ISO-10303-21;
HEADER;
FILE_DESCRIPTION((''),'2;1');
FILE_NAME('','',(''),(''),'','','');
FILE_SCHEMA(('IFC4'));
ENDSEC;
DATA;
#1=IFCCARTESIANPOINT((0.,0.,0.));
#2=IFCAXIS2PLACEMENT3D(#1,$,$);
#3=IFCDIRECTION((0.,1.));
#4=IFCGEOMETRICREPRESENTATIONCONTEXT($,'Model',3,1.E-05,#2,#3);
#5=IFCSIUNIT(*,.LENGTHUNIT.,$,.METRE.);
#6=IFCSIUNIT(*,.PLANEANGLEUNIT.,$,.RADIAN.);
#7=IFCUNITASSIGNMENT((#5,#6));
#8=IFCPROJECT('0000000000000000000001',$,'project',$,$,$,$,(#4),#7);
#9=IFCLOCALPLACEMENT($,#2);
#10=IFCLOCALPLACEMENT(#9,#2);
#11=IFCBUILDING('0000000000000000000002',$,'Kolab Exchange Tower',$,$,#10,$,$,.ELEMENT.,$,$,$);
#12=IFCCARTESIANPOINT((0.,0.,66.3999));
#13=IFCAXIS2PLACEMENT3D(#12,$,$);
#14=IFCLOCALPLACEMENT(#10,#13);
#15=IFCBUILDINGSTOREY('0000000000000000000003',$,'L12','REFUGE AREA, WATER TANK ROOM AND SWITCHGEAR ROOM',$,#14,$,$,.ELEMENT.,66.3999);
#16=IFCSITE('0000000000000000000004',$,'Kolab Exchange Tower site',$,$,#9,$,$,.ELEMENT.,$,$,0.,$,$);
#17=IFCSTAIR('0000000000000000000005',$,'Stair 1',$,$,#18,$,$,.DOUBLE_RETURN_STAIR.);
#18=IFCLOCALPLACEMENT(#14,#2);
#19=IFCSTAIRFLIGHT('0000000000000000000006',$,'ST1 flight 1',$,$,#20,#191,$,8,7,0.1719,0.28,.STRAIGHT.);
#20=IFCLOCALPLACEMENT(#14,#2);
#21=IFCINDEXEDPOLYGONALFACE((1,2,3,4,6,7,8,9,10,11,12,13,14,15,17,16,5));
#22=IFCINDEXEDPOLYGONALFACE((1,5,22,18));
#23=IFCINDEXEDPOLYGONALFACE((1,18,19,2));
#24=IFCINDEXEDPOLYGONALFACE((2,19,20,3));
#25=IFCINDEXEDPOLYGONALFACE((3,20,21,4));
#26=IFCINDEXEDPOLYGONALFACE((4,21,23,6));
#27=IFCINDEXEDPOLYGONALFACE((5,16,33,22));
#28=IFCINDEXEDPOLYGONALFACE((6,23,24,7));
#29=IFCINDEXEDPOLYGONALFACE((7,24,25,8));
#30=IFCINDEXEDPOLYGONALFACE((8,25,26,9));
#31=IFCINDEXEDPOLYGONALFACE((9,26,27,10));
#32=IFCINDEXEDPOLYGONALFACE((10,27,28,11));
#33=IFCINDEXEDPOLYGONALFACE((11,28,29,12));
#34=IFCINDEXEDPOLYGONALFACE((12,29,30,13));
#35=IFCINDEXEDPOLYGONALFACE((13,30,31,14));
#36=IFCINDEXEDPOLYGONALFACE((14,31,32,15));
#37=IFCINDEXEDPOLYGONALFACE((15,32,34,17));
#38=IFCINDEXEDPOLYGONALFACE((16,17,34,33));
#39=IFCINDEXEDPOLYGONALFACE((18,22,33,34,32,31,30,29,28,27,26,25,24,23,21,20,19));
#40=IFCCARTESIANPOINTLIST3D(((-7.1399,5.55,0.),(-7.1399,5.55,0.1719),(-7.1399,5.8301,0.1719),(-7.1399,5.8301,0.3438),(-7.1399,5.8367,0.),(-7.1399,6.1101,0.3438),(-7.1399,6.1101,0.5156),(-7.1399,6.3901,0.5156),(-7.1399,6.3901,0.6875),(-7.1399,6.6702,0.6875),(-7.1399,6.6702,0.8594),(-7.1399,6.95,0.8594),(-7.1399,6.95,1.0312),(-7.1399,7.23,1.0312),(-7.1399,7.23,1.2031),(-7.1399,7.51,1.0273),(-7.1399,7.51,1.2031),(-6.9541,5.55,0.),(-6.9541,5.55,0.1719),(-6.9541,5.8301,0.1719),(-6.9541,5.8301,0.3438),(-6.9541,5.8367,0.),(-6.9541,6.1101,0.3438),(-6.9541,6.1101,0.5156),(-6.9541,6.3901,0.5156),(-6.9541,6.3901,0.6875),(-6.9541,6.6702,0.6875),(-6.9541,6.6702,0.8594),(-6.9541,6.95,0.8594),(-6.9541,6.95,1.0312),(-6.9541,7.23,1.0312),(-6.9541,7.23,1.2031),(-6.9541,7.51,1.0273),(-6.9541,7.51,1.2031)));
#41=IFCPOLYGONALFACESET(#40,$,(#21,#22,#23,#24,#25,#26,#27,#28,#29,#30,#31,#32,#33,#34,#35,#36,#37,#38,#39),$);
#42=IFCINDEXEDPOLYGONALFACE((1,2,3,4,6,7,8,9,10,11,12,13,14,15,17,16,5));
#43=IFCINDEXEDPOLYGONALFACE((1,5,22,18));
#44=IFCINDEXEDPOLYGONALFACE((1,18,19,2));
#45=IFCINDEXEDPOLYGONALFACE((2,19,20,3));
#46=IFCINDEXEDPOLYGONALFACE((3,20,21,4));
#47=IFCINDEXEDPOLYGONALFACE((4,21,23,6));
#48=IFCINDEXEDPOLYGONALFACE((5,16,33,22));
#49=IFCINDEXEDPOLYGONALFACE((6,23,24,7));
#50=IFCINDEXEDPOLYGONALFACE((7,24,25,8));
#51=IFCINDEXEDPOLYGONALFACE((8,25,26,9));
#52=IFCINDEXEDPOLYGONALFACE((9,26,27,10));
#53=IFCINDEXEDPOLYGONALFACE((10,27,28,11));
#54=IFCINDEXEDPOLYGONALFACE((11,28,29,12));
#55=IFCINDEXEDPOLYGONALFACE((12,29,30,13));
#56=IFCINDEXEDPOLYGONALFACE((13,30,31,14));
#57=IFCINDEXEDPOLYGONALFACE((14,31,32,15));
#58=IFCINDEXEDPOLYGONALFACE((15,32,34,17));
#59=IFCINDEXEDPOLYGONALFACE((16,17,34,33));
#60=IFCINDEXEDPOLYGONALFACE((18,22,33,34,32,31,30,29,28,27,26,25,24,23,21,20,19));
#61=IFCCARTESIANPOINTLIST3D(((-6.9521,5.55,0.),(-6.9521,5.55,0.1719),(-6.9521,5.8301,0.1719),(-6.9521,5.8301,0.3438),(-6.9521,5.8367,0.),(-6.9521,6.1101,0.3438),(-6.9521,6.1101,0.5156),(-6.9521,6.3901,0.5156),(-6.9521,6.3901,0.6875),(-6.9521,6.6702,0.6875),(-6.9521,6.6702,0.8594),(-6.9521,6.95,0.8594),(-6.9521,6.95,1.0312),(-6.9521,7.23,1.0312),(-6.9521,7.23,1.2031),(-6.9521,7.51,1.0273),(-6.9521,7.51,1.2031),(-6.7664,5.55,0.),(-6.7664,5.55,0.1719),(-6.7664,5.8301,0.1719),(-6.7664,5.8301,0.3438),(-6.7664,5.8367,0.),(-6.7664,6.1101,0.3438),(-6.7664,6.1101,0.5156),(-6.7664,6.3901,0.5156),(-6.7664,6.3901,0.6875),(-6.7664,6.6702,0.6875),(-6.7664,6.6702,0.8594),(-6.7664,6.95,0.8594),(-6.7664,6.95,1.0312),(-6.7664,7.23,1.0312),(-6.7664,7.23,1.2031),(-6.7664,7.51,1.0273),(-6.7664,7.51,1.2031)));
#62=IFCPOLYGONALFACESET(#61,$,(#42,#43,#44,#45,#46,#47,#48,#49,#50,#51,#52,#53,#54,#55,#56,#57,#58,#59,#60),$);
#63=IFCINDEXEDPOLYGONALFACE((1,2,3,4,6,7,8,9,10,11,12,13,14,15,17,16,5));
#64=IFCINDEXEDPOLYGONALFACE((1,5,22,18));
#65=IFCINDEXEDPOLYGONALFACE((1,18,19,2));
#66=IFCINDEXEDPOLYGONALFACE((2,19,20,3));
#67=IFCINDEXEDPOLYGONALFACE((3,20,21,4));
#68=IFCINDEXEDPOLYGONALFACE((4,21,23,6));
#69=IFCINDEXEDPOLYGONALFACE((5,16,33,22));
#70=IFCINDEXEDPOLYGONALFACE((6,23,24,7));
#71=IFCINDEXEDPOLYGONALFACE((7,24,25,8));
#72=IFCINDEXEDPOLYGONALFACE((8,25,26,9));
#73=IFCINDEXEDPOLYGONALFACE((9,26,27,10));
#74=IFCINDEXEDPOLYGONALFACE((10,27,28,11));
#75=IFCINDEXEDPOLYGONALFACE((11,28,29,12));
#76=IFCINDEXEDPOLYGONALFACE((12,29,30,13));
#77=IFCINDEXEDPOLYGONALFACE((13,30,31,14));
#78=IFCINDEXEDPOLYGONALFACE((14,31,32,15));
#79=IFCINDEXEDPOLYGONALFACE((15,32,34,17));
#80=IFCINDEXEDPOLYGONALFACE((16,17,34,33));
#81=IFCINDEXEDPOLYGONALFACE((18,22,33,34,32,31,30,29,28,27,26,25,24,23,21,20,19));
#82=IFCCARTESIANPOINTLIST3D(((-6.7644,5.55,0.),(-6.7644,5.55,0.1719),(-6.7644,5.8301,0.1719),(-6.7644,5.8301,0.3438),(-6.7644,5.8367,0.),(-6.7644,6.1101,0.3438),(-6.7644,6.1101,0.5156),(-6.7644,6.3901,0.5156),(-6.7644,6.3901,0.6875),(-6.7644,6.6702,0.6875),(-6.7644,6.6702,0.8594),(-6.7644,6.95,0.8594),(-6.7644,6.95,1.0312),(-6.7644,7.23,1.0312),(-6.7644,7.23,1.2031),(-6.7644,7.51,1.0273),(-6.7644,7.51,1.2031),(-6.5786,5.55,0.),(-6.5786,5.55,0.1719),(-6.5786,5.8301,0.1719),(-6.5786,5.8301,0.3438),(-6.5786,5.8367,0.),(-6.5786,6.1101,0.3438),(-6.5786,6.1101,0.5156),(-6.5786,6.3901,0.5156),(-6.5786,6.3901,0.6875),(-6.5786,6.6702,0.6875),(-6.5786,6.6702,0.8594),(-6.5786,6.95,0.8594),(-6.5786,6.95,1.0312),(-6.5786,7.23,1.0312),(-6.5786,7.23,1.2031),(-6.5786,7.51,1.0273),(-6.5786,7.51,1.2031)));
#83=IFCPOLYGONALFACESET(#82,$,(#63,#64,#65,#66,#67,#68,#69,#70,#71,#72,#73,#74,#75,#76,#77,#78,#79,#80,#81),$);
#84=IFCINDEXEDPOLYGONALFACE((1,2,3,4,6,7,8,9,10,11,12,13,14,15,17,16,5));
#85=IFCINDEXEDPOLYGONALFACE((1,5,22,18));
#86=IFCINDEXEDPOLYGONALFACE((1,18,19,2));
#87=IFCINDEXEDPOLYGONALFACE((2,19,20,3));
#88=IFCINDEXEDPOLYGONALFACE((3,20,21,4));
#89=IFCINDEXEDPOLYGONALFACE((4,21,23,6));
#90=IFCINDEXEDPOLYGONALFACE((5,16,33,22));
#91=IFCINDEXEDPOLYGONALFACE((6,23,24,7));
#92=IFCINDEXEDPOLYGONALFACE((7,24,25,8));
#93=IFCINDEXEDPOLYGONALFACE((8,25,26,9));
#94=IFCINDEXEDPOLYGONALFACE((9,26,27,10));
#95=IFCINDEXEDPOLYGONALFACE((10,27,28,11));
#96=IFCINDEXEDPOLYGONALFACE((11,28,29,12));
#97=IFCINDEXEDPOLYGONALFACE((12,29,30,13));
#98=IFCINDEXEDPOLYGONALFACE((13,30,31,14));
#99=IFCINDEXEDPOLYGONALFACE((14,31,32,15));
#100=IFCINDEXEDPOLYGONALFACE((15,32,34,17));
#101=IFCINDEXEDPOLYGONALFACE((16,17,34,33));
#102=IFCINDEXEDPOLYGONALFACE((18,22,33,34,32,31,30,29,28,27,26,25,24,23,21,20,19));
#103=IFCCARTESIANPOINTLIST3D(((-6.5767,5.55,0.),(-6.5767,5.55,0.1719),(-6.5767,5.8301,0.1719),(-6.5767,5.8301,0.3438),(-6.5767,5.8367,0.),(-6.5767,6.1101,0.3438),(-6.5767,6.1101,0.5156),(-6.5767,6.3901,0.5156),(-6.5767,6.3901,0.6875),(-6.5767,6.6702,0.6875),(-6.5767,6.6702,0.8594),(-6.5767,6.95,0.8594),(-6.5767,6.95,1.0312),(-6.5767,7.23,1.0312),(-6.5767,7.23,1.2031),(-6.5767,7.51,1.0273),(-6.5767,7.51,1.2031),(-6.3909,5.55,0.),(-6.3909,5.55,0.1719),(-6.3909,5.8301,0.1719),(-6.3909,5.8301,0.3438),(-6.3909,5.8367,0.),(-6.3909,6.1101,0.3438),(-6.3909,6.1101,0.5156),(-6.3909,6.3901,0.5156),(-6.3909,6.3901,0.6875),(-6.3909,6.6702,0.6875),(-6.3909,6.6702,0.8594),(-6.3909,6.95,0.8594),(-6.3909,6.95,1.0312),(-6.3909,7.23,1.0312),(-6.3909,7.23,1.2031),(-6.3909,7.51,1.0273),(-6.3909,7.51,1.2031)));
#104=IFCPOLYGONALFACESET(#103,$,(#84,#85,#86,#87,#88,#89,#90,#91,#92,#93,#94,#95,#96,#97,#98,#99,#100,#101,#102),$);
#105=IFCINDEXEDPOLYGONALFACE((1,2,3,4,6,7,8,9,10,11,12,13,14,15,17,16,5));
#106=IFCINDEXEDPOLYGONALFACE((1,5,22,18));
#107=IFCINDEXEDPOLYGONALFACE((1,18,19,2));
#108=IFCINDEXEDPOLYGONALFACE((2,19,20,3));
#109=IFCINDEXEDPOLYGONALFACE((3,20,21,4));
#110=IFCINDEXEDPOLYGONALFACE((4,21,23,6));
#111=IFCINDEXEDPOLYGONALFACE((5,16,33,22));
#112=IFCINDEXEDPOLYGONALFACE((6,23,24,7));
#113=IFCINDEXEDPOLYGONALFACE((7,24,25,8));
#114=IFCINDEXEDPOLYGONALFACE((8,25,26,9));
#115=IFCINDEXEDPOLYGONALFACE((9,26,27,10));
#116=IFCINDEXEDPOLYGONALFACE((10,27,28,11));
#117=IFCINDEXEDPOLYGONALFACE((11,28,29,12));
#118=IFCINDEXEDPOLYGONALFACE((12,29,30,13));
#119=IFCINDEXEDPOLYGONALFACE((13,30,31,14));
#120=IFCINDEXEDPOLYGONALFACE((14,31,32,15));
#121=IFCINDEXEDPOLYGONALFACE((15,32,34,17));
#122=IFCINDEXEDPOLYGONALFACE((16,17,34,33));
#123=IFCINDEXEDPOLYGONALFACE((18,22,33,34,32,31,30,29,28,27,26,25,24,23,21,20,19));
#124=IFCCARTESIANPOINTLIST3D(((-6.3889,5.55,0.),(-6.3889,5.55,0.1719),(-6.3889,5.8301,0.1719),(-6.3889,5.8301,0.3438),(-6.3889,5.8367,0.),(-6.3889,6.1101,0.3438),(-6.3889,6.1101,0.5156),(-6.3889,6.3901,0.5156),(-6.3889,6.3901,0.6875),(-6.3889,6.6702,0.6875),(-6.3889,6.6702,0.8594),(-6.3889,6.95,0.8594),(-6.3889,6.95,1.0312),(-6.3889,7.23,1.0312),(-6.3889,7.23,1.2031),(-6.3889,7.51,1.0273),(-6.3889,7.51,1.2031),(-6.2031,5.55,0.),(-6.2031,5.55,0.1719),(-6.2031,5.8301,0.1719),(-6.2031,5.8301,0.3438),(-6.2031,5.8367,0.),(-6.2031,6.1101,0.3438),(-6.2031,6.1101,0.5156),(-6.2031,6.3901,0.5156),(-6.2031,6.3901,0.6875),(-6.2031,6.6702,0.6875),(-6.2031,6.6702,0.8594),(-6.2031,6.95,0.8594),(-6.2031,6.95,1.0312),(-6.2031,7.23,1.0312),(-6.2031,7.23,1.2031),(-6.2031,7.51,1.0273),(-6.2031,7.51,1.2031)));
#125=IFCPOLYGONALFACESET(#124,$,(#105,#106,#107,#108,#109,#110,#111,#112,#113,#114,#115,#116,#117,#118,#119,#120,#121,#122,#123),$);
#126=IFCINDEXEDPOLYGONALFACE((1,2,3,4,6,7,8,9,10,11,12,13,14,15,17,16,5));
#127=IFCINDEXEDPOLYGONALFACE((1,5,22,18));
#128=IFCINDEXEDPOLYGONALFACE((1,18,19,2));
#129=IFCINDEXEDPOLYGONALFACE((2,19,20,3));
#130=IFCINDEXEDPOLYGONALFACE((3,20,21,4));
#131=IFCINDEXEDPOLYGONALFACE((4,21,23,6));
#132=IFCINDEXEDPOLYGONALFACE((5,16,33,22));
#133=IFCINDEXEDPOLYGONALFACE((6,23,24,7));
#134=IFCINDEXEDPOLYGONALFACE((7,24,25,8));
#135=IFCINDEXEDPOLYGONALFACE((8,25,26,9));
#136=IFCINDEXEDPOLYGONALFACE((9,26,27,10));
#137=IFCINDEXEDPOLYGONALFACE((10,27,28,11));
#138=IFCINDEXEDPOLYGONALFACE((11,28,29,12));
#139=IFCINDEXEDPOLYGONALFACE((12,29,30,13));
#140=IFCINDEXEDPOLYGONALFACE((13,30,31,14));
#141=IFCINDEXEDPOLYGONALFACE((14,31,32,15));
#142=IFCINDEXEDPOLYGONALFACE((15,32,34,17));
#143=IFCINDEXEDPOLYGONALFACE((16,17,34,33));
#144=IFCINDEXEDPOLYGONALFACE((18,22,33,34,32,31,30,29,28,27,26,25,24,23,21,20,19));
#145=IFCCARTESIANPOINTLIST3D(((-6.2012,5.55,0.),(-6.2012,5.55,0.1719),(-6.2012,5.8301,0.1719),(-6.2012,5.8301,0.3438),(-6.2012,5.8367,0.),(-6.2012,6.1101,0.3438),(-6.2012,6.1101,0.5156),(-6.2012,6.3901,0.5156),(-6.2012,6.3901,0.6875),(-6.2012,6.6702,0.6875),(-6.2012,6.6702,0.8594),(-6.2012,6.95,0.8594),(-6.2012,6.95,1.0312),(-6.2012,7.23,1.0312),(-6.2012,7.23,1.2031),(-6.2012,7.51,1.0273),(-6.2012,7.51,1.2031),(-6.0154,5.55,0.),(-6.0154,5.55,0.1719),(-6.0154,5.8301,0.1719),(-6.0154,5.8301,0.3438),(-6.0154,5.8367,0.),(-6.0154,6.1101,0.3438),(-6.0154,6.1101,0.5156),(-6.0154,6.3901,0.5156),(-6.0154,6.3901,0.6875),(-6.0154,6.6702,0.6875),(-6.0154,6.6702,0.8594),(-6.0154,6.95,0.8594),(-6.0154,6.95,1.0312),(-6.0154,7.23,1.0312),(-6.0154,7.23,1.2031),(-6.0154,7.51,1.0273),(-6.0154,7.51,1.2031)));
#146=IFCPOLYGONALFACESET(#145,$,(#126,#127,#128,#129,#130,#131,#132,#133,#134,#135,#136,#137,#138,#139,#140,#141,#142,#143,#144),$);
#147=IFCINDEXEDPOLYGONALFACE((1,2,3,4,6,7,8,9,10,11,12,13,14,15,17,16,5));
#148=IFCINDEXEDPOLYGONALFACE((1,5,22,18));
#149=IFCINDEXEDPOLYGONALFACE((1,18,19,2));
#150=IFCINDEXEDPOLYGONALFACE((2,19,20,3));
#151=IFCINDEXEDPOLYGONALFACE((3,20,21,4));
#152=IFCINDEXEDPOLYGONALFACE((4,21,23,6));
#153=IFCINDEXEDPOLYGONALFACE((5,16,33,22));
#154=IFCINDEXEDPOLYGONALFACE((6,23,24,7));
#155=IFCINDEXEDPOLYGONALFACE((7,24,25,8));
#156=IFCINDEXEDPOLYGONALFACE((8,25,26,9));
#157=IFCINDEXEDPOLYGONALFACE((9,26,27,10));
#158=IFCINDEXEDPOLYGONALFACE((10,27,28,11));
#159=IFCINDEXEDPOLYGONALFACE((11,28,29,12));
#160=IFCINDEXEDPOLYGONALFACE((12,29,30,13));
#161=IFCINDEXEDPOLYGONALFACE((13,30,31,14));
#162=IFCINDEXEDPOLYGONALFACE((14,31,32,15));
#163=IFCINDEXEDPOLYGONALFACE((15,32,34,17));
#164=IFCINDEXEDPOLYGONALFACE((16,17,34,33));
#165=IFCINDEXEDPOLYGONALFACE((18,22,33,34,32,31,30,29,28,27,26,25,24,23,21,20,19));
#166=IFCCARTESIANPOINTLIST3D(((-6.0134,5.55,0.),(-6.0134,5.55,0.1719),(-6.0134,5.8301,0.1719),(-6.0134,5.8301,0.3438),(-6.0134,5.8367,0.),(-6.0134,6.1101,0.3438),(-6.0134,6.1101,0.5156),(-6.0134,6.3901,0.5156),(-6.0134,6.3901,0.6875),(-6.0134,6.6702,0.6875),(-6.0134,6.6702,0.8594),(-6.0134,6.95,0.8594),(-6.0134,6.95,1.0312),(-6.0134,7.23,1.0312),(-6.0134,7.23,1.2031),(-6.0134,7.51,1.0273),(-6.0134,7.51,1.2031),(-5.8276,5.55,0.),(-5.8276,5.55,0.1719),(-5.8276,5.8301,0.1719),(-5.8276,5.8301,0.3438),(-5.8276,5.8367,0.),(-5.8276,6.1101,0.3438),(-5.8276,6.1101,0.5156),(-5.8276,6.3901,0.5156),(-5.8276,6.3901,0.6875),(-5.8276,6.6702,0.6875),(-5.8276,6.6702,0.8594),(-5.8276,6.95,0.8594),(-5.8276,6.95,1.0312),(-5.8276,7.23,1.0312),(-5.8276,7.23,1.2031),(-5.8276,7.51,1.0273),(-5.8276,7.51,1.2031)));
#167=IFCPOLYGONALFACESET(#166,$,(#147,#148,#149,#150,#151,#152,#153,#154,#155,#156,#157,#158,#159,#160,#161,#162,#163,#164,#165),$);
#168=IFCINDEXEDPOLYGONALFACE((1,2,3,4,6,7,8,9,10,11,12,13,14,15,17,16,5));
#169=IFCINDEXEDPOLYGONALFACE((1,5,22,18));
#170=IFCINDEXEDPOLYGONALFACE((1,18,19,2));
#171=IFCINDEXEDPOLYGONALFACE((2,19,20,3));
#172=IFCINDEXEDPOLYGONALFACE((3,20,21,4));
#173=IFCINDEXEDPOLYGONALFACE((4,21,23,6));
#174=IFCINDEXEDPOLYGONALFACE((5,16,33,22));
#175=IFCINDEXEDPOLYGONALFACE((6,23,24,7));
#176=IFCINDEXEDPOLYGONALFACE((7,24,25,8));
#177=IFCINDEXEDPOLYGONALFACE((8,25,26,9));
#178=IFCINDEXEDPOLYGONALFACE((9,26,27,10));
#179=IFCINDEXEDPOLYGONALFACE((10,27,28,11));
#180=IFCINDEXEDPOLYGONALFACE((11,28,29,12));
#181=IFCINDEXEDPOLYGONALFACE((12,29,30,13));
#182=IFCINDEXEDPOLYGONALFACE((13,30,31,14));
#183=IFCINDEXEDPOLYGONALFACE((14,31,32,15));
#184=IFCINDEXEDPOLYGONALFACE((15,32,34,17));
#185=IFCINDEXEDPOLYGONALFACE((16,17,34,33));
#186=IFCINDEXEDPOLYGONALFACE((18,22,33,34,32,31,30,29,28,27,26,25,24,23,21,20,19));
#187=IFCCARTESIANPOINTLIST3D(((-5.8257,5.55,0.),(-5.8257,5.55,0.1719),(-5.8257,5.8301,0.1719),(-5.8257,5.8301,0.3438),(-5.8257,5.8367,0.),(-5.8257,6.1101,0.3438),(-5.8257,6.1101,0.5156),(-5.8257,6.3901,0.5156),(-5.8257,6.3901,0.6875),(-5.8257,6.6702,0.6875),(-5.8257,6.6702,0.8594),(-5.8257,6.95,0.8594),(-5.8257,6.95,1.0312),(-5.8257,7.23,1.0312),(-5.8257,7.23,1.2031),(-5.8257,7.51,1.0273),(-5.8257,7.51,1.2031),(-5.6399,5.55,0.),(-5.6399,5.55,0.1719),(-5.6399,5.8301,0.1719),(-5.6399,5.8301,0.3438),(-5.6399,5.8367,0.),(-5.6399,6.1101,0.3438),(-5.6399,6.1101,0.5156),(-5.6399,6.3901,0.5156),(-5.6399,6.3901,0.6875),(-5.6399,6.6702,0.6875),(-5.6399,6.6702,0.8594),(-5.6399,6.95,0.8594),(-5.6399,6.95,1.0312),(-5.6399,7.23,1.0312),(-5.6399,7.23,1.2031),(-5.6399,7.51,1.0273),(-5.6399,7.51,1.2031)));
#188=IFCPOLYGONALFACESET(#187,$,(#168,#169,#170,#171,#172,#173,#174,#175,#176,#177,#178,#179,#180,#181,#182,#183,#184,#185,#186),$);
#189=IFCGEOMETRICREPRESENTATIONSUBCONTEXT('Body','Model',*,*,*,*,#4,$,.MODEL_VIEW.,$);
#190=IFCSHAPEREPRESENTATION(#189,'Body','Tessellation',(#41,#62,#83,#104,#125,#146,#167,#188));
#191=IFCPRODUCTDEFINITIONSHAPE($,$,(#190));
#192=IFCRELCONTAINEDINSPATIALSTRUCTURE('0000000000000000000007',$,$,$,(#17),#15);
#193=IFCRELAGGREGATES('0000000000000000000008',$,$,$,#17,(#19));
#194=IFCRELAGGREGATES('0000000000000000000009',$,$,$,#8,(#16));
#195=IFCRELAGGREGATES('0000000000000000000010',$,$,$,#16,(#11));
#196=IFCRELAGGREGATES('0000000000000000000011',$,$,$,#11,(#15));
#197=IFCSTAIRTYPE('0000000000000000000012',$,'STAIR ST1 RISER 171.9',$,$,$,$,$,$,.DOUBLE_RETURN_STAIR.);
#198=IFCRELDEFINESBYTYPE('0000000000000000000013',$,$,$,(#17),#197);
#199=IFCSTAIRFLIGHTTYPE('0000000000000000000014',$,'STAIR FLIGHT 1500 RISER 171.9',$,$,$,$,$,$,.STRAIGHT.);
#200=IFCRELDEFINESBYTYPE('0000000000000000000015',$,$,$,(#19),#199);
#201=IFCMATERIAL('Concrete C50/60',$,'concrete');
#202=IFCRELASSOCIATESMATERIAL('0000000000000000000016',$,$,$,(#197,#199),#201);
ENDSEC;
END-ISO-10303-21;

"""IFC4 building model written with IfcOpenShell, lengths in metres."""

from ifc_helpers import new_model, si_unit, direction, frame, origin, place, context, subcontext, project, spatial, polyline, outline, extrude, material, type_object, element, aggregate, save


model = new_model("IFC4")

# Units and contexts
model_context = context("Model", 3, precision=1e-05, world=origin(), true_north=direction((0.0, 1.0)))
body_context = subcontext(model_context, "Body", "Model", "MODEL_VIEW")
ifc_project = project(units=[si_unit("LENGTHUNIT", "METRE"), si_unit("PLANEANGLEUNIT", "RADIAN")], contexts=[model_context])

# Site, building, storey
site_placement = place(None, origin())
site = spatial("IfcSite", under=ifc_project, at=site_placement, Name="Kolab Exchange Tower site", CompositionType="ELEMENT", RefElevation=0.0)
building_placement = place(site_placement, origin())
building = spatial("IfcBuilding", under=site, at=building_placement, Name="Kolab Exchange Tower", CompositionType="ELEMENT")
storey_placement = place(building_placement, frame((0.0, 0.0, 66.3999)))
storey = spatial("IfcBuildingStorey", under=building, at=storey_placement, Name="L12", Description="REFUGE AREA, WATER TANK ROOM AND SWITCHGEAR ROOM", CompositionType="ELEMENT", Elevation=66.3999)

# Shared definitions
ifc_material_1 = material(Name="Concrete C50/60", Category="concrete")

# Stair, stair flight
stair_type = type_object("IfcStairType", Name="STAIR ST1 RISER 171.9", PredefinedType="DOUBLE_RETURN_STAIR", material=ifc_material_1)
stair_placement = place(storey_placement, origin())
stair = element("IfcStair", 1, at=stair_placement, inside=storey, type_object=stair_type, Name="Stair 1", PredefinedType="DOUBLE_RETURN_STAIR")
stair_flight_type = type_object("IfcStairFlightType", Name="STAIR FLIGHT 1500 RISER 171.9", PredefinedType="STRAIGHT", material=ifc_material_1)
stair_flight_1_placement = place(storey_placement, frame((-6.3899, 5.55, 0.0), z_axis=(0.0, 0.0, 1.0), x_axis=(0.0, 1.0, 0.0)))
stair_flight_1 = element("IfcStairFlight", 2, at=stair_flight_1_placement, type_object=stair_flight_type, Name="ST1 flight 1", NumberOfRisers=8, NumberOfTreads=7, PredefinedType="STRAIGHT", RiserHeight=0.1719, TreadLength=0.28, context=body_context, shape_type="SweptSolid", body=[
    extrude(outline(polyline([(0.0, 0.0), (0.0, 0.1719), (0.28, 0.1719), (0.28, 0.3438), (0.5601, 0.3438), (0.5601, 0.5156), (0.8401, 0.5156), (0.8401, 0.6875), (1.1201, 0.6875), (1.1201, 0.8594), (1.3999, 0.8594), (1.3999, 1.0312), (1.6799, 1.0312), (1.6799, 1.2031), (1.96, 1.2031), (1.96, 1.375), (1.96, 1.0273), (0.2866, 0.0), (0.0, 0.0)])), frame((0.0, 0.75, 0.0), z_axis=(0.0, -1.0, 0.0), x_axis=(1.0, 0.0, 0.0)), (0.0, 0.0, 1.0), 0.1858),
    extrude(outline(polyline([(0.0, 0.0), (0.0, 0.1719), (0.28, 0.1719), (0.28, 0.3438), (0.5601, 0.3438), (0.5601, 0.5156), (0.8401, 0.5156), (0.8401, 0.6875), (1.1201, 0.6875), (1.1201, 0.8594), (1.3999, 0.8594), (1.3999, 1.0312), (1.6799, 1.0312), (1.6799, 1.2031), (1.96, 1.2031), (1.96, 1.375), (1.96, 1.0273), (0.2866, 0.0), (0.0, 0.0)])), frame((0.0, 0.5623, 0.0), z_axis=(0.0, -1.0, 0.0), x_axis=(1.0, 0.0, 0.0)), (0.0, 0.0, 1.0), 0.1858),
    extrude(outline(polyline([(0.0, 0.0), (0.0, 0.1719), (0.28, 0.1719), (0.28, 0.3438), (0.5601, 0.3438), (0.5601, 0.5156), (0.8401, 0.5156), (0.8401, 0.6875), (1.1201, 0.6875), (1.1201, 0.8594), (1.3999, 0.8594), (1.3999, 1.0312), (1.6799, 1.0312), (1.6799, 1.2031), (1.96, 1.2031), (1.96, 1.375), (1.96, 1.0273), (0.2866, 0.0), (0.0, 0.0)])), frame((0.0, 0.3745, 0.0), z_axis=(0.0, -1.0, 0.0), x_axis=(1.0, 0.0, 0.0)), (0.0, 0.0, 1.0), 0.1858),
    extrude(outline(polyline([(0.0, 0.0), (0.0, 0.1719), (0.28, 0.1719), (0.28, 0.3438), (0.5601, 0.3438), (0.5601, 0.5156), (0.8401, 0.5156), (0.8401, 0.6875), (1.1201, 0.6875), (1.1201, 0.8594), (1.3999, 0.8594), (1.3999, 1.0312), (1.6799, 1.0312), (1.6799, 1.2031), (1.96, 1.2031), (1.96, 1.375), (1.96, 1.0273), (0.2866, 0.0), (0.0, 0.0)])), frame((0.0, 0.1868, 0.0), z_axis=(0.0, -1.0, 0.0), x_axis=(1.0, 0.0, 0.0)), (0.0, 0.0, 1.0), 0.1858),
    extrude(outline(polyline([(0.0, 0.0), (0.0, 0.1719), (0.28, 0.1719), (0.28, 0.3438), (0.5601, 0.3438), (0.5601, 0.5156), (0.8401, 0.5156), (0.8401, 0.6875), (1.1201, 0.6875), (1.1201, 0.8594), (1.3999, 0.8594), (1.3999, 1.0312), (1.6799, 1.0312), (1.6799, 1.2031), (1.96, 1.2031), (1.96, 1.375), (1.96, 1.0273), (0.2866, 0.0), (0.0, 0.0)])), frame((0.0, -0.001, 0.0), z_axis=(0.0, -1.0, 0.0), x_axis=(1.0, 0.0, 0.0)), (0.0, 0.0, 1.0), 0.1858),
    extrude(outline(polyline([(0.0, 0.0), (0.0, 0.1719), (0.28, 0.1719), (0.28, 0.3438), (0.5601, 0.3438), (0.5601, 0.5156), (0.8401, 0.5156), (0.8401, 0.6875), (1.1201, 0.6875), (1.1201, 0.8594), (1.3999, 0.8594), (1.3999, 1.0312), (1.6799, 1.0312), (1.6799, 1.2031), (1.96, 1.2031), (1.96, 1.375), (1.96, 1.0273), (0.2866, 0.0), (0.0, 0.0)])), frame((0.0, -0.1887, 0.0), z_axis=(0.0, -1.0, 0.0), x_axis=(1.0, 0.0, 0.0)), (0.0, 0.0, 1.0), 0.1858),
    extrude(outline(polyline([(0.0, 0.0), (0.0, 0.1719), (0.28, 0.1719), (0.28, 0.3438), (0.5601, 0.3438), (0.5601, 0.5156), (0.8401, 0.5156), (0.8401, 0.6875), (1.1201, 0.6875), (1.1201, 0.8594), (1.3999, 0.8594), (1.3999, 1.0312), (1.6799, 1.0312), (1.6799, 1.2031), (1.96, 1.2031), (1.96, 1.375), (1.96, 1.0273), (0.2866, 0.0), (0.0, 0.0)])), frame((0.0, -0.3765, 0.0), z_axis=(0.0, -1.0, 0.0), x_axis=(1.0, 0.0, 0.0)), (0.0, 0.0, 1.0), 0.1858),
    extrude(outline(polyline([(0.0, 0.0), (0.0, 0.1719), (0.28, 0.1719), (0.28, 0.3438), (0.5601, 0.3438), (0.5601, 0.5156), (0.8401, 0.5156), (0.8401, 0.6875), (1.1201, 0.6875), (1.1201, 0.8594), (1.3999, 0.8594), (1.3999, 1.0312), (1.6799, 1.0312), (1.6799, 1.2031), (1.96, 1.2031), (1.96, 1.375), (1.96, 1.0273), (0.2866, 0.0), (0.0, 0.0)])), frame((0.0, -0.5642, 0.0), z_axis=(0.0, -1.0, 0.0), x_axis=(1.0, 0.0, 0.0)), (0.0, 0.0, 1.0), 0.1858),
])
aggregate(stair, [stair_flight_1])

save(model, "model.ifc")
